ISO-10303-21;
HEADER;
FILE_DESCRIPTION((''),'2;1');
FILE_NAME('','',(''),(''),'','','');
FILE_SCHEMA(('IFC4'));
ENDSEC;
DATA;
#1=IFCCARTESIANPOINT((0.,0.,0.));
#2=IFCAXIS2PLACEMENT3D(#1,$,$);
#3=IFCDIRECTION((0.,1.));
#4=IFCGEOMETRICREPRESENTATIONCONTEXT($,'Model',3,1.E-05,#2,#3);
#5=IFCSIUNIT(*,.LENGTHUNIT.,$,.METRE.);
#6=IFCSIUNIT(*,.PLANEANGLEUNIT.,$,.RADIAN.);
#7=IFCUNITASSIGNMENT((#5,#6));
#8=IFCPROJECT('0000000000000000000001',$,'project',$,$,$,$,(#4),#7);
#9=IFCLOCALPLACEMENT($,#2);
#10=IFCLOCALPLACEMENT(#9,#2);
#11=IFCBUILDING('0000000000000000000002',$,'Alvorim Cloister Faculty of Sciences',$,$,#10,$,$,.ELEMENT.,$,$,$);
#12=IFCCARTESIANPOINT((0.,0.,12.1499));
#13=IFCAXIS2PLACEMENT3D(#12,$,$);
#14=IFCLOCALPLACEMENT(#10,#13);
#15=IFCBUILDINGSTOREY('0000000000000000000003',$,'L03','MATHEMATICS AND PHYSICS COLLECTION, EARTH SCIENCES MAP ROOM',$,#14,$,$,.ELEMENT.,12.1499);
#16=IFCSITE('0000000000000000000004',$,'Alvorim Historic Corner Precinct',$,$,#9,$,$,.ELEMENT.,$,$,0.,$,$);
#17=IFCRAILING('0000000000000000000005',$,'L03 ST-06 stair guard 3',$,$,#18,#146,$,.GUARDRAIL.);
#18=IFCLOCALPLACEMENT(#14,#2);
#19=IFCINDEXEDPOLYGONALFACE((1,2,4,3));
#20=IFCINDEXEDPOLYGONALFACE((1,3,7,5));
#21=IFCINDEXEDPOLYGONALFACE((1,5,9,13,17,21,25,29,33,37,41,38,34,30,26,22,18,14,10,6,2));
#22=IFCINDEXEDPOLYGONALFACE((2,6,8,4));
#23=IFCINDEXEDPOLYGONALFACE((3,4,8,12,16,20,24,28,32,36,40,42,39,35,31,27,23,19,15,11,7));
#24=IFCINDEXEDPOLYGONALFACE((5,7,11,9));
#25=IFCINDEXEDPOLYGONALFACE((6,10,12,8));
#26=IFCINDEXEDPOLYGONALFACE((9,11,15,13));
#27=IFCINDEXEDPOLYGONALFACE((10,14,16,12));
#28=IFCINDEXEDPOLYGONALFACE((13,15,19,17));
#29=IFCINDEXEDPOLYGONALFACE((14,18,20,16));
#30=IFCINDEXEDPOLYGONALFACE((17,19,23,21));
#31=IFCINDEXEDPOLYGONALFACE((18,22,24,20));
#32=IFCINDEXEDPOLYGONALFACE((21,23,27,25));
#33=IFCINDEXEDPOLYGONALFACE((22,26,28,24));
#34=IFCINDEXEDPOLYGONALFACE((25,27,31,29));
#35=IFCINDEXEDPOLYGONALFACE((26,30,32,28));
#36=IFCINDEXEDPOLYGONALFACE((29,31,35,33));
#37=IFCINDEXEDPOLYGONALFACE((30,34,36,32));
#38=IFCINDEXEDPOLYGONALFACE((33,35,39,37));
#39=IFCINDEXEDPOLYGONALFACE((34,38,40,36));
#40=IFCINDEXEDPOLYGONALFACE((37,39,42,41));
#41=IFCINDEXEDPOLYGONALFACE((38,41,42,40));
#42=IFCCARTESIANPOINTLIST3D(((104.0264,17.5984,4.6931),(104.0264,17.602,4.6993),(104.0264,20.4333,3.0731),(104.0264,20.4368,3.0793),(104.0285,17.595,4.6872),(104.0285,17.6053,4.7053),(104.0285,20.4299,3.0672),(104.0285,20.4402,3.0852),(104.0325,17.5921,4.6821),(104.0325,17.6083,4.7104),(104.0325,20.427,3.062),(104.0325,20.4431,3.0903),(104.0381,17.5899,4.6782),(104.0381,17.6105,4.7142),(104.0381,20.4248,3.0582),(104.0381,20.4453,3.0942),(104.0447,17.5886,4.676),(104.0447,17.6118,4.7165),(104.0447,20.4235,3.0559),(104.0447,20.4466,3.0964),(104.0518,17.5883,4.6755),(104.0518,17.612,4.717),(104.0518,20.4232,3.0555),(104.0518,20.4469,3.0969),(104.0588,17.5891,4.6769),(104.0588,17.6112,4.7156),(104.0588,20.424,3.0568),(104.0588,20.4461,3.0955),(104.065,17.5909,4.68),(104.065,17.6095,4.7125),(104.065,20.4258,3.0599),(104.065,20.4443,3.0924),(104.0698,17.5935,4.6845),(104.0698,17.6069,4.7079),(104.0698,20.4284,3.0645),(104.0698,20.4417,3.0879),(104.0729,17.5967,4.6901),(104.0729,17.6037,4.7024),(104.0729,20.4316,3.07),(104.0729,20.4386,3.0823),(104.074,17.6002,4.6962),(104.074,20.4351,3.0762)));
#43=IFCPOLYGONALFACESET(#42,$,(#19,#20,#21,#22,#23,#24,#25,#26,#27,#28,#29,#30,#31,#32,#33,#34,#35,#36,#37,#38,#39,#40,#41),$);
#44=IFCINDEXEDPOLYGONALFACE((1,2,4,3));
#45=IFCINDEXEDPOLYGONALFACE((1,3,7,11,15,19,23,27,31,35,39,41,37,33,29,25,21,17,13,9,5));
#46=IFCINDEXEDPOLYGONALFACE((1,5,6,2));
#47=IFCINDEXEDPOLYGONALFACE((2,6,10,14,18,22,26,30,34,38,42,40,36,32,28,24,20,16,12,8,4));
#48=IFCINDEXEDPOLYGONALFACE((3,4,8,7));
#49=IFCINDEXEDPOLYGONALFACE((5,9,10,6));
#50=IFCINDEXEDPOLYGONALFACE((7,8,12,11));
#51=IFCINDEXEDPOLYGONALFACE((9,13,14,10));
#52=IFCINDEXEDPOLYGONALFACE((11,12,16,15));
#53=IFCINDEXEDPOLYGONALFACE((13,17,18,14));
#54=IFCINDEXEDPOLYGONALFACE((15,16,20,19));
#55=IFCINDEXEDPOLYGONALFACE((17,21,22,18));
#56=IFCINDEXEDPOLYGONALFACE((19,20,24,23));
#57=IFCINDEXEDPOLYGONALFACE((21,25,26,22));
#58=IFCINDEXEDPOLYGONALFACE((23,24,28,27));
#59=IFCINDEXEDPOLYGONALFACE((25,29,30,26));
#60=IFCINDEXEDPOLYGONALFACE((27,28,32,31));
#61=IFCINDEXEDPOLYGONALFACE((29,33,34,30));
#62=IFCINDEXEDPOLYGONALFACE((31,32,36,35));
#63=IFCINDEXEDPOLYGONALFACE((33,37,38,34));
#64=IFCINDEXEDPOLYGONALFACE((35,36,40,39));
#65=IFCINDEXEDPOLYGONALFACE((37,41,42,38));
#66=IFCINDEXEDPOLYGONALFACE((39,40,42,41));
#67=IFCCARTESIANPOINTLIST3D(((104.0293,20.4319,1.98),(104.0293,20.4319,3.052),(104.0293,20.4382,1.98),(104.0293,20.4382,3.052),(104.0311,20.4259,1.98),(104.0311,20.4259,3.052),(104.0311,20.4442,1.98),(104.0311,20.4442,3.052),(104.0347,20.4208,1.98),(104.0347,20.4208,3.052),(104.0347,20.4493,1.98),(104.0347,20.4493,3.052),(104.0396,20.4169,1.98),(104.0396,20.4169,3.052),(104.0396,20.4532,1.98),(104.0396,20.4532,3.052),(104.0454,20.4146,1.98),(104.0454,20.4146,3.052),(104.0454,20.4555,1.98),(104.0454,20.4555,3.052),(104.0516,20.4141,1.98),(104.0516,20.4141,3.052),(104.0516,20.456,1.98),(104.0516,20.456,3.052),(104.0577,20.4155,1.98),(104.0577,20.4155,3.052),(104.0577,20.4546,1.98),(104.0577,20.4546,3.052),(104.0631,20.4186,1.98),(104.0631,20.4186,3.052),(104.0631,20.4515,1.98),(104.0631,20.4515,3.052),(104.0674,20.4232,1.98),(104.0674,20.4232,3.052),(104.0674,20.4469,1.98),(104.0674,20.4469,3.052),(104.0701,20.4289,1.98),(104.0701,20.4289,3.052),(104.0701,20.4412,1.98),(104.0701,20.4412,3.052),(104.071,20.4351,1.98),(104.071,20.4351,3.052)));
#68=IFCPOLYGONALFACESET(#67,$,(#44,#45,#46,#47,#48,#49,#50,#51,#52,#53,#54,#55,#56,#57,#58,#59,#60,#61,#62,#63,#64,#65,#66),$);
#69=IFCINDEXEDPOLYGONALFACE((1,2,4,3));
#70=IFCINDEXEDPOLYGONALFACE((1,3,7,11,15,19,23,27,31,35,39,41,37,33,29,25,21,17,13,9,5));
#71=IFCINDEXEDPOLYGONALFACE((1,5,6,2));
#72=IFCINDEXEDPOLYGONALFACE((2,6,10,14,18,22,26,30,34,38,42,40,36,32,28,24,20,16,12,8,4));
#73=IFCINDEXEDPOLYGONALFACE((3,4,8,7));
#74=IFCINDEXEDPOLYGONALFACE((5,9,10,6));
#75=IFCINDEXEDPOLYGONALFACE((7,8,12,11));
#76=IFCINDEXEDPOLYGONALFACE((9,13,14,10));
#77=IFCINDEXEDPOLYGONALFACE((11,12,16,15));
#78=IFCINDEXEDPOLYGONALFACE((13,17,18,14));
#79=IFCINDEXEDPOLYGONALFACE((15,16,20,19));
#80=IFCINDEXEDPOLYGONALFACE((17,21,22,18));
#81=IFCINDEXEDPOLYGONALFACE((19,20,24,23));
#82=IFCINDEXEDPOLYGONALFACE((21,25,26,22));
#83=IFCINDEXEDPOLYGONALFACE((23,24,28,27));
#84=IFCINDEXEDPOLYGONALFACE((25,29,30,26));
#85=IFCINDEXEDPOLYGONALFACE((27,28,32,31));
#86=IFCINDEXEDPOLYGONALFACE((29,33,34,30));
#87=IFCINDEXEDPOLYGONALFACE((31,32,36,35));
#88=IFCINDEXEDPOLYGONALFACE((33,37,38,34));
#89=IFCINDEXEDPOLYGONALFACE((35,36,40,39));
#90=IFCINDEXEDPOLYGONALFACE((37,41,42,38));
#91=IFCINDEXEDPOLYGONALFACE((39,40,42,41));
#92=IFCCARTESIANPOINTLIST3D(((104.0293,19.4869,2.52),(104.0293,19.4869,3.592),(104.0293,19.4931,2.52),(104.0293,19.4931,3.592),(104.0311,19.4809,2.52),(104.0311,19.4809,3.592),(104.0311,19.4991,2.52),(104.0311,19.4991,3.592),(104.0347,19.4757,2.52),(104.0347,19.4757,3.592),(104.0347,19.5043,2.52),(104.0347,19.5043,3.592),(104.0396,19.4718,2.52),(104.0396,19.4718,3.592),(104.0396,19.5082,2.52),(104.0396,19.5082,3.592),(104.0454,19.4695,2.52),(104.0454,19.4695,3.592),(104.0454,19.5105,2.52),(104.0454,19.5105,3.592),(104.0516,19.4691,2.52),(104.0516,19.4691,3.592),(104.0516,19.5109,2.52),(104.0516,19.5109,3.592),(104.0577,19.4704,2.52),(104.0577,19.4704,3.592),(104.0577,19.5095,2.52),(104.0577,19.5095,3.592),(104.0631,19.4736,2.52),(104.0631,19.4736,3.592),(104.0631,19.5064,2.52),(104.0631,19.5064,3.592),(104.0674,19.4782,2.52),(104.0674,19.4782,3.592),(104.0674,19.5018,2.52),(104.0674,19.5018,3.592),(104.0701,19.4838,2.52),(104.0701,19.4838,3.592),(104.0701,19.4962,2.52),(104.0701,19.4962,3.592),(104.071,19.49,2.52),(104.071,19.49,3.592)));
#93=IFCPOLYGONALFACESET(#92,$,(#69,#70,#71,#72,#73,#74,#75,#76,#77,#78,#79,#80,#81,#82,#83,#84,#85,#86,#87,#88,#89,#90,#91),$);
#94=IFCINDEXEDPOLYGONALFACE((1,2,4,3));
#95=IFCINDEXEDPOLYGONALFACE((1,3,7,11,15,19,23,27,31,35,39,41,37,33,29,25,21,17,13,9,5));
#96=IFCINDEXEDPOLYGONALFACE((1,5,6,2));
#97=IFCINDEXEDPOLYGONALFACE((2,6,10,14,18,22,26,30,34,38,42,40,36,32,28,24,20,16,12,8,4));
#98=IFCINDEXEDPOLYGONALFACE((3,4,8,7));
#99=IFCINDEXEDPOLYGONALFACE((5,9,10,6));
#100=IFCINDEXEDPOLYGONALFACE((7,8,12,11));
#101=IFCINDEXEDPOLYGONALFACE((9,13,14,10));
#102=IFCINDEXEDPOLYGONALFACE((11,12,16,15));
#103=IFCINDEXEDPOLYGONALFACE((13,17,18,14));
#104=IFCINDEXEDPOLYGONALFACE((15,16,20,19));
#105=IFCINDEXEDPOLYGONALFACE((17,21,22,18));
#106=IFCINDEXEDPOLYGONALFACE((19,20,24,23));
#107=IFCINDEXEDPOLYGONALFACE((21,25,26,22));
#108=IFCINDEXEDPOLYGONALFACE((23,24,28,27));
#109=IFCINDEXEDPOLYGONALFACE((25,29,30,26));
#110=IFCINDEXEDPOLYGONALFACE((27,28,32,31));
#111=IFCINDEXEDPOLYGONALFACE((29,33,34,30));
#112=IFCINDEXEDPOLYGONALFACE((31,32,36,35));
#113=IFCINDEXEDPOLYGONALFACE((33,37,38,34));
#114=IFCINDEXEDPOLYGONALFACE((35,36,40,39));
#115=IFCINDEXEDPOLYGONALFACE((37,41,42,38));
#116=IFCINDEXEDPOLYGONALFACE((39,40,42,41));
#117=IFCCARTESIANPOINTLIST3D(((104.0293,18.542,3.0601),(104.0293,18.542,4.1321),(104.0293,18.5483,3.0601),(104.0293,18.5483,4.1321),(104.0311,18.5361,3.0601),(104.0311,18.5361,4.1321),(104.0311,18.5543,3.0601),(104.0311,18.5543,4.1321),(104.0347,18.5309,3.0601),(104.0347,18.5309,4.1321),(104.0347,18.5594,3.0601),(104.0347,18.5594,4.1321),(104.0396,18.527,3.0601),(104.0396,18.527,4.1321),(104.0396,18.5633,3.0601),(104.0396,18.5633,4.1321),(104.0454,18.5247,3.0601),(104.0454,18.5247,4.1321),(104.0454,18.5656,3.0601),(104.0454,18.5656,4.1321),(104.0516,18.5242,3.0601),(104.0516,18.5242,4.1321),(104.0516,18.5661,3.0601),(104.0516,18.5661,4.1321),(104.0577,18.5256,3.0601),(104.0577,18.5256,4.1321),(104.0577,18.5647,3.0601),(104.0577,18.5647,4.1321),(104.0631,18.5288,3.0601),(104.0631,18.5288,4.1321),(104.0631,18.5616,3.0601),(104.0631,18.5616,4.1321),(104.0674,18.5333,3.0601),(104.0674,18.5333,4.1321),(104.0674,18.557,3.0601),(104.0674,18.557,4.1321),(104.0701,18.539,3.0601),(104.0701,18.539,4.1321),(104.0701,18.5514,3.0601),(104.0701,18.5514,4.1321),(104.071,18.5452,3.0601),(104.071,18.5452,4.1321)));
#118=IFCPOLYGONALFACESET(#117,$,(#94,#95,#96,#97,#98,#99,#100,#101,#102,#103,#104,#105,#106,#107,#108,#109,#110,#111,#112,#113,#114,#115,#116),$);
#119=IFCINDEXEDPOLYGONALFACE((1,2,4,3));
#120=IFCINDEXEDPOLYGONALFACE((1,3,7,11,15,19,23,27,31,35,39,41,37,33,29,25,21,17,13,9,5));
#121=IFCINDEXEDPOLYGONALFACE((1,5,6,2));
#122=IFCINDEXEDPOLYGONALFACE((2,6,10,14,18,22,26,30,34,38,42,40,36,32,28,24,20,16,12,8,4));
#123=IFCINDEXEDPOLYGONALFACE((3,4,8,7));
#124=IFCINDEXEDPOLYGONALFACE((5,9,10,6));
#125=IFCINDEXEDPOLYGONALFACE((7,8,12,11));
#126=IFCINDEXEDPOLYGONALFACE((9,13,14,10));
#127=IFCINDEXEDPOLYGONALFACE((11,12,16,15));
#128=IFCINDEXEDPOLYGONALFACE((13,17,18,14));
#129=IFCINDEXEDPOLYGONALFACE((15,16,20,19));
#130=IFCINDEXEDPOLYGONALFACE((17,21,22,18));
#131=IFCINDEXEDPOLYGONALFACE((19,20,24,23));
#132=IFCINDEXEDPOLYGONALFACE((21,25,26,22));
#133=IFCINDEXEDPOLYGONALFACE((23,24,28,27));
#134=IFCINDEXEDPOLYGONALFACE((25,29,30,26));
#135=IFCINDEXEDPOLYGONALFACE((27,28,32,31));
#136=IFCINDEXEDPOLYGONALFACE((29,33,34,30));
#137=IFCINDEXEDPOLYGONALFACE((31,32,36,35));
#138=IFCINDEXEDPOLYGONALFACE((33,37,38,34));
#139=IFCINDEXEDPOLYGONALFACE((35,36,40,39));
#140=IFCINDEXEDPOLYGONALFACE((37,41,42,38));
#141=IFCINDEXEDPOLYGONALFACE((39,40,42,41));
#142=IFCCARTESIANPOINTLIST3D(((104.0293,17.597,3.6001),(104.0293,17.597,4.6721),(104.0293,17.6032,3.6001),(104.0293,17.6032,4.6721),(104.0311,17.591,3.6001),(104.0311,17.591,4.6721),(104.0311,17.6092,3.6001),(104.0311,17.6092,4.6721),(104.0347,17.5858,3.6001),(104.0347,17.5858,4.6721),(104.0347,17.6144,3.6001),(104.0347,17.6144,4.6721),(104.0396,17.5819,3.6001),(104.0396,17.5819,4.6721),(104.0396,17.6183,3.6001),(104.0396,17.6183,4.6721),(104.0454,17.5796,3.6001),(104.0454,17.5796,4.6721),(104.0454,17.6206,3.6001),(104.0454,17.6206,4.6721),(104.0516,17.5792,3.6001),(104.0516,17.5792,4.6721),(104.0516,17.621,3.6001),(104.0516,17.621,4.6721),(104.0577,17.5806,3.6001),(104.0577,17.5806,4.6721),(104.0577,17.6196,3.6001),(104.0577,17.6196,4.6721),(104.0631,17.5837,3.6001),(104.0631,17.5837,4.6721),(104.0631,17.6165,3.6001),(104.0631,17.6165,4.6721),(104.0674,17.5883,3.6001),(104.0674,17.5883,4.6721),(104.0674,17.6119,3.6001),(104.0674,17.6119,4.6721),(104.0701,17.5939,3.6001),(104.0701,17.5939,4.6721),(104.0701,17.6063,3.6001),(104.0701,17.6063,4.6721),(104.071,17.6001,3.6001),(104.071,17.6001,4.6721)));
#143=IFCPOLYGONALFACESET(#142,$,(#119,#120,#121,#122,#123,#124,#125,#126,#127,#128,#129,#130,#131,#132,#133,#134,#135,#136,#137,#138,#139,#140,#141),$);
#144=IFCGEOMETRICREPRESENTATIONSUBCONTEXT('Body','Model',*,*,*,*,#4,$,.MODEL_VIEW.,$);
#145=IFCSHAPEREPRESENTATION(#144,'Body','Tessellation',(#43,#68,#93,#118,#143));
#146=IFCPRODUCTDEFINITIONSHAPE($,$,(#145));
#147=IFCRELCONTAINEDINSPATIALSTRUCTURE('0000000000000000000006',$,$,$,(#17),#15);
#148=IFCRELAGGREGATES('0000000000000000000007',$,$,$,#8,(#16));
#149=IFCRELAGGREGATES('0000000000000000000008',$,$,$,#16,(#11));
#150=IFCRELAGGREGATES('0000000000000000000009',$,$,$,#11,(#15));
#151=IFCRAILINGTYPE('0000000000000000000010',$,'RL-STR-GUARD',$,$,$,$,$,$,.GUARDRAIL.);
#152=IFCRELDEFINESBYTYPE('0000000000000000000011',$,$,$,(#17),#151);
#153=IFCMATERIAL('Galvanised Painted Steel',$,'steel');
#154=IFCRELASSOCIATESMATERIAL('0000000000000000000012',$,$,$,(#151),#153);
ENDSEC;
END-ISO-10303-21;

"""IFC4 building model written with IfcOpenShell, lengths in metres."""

from ifc_helpers import new_model, si_unit, direction, frame, origin, origin_2d, place, context, subcontext, project, spatial, circle, extrude, material, type_object, element, save


model = new_model("IFC4")

# Units and contexts
model_context = context("Model", 3, precision=1e-05, world=origin(), true_north=direction((0.0, 1.0)))
body_context = subcontext(model_context, "Body", "Model", "MODEL_VIEW")
ifc_project = project(units=[si_unit("LENGTHUNIT", "METRE"), si_unit("PLANEANGLEUNIT", "RADIAN")], contexts=[model_context])

# Site, building, storey
site_placement = place(None, origin())
site = spatial("IfcSite", under=ifc_project, at=site_placement, Name="Alvorim Historic Corner Precinct", CompositionType="ELEMENT", RefElevation=0.0)
building_placement = place(site_placement, origin())
building = spatial("IfcBuilding", under=site, at=building_placement, Name="Alvorim Cloister Faculty of Sciences", CompositionType="ELEMENT")
storey_placement = place(building_placement, frame((0.0, 0.0, 12.1499)))
storey = spatial("IfcBuildingStorey", under=building, at=storey_placement, Name="L03", Description="MATHEMATICS AND PHYSICS COLLECTION, EARTH SCIENCES MAP ROOM", CompositionType="ELEMENT", Elevation=12.1499)

# Railing
ifc_material_1 = material(Name="Galvanised Painted Steel", Category="steel")
railing_type_1 = type_object("IfcRailingType", Name="RL-STR-GUARD", PredefinedType="GUARDRAIL", material=ifc_material_1)
railing_1_placement = place(storey_placement, frame((104.05, 20.4351, 1.98)))
element("IfcRailing", 1, at=railing_1_placement, inside=storey, type_object=railing_type_1, Name="L03 ST-06 stair guard 3", PredefinedType="GUARDRAIL", context=body_context, shape_type="SweptSolid", body=[
    extrude(circle(Radius=0.0239, at=origin_2d()), frame((0.0, 0.0, 1.0962), z_axis=(0.0, -0.868225, 0.496171), x_axis=(1.0, 0.0, 0.0)), (0.0, 0.0, 1.0), 3.2651),
    extrude(circle(Radius=0.021, at=origin_2d()), origin(), (0.0, 0.0, 1.0), 1.072),
    extrude(circle(Radius=0.021, at=origin_2d()), frame((0.0, -0.9451, 0.54)), (0.0, 0.0, 1.0), 1.072),
    extrude(circle(Radius=0.021, at=origin_2d()), frame((0.0, -1.8899, 1.0801)), (0.0, 0.0, 1.0), 1.072),
    extrude(circle(Radius=0.021, at=origin_2d()), frame((0.0, -2.835, 1.6201)), (0.0, 0.0, 1.0), 1.072),
])

save(model, "model.ifc")
